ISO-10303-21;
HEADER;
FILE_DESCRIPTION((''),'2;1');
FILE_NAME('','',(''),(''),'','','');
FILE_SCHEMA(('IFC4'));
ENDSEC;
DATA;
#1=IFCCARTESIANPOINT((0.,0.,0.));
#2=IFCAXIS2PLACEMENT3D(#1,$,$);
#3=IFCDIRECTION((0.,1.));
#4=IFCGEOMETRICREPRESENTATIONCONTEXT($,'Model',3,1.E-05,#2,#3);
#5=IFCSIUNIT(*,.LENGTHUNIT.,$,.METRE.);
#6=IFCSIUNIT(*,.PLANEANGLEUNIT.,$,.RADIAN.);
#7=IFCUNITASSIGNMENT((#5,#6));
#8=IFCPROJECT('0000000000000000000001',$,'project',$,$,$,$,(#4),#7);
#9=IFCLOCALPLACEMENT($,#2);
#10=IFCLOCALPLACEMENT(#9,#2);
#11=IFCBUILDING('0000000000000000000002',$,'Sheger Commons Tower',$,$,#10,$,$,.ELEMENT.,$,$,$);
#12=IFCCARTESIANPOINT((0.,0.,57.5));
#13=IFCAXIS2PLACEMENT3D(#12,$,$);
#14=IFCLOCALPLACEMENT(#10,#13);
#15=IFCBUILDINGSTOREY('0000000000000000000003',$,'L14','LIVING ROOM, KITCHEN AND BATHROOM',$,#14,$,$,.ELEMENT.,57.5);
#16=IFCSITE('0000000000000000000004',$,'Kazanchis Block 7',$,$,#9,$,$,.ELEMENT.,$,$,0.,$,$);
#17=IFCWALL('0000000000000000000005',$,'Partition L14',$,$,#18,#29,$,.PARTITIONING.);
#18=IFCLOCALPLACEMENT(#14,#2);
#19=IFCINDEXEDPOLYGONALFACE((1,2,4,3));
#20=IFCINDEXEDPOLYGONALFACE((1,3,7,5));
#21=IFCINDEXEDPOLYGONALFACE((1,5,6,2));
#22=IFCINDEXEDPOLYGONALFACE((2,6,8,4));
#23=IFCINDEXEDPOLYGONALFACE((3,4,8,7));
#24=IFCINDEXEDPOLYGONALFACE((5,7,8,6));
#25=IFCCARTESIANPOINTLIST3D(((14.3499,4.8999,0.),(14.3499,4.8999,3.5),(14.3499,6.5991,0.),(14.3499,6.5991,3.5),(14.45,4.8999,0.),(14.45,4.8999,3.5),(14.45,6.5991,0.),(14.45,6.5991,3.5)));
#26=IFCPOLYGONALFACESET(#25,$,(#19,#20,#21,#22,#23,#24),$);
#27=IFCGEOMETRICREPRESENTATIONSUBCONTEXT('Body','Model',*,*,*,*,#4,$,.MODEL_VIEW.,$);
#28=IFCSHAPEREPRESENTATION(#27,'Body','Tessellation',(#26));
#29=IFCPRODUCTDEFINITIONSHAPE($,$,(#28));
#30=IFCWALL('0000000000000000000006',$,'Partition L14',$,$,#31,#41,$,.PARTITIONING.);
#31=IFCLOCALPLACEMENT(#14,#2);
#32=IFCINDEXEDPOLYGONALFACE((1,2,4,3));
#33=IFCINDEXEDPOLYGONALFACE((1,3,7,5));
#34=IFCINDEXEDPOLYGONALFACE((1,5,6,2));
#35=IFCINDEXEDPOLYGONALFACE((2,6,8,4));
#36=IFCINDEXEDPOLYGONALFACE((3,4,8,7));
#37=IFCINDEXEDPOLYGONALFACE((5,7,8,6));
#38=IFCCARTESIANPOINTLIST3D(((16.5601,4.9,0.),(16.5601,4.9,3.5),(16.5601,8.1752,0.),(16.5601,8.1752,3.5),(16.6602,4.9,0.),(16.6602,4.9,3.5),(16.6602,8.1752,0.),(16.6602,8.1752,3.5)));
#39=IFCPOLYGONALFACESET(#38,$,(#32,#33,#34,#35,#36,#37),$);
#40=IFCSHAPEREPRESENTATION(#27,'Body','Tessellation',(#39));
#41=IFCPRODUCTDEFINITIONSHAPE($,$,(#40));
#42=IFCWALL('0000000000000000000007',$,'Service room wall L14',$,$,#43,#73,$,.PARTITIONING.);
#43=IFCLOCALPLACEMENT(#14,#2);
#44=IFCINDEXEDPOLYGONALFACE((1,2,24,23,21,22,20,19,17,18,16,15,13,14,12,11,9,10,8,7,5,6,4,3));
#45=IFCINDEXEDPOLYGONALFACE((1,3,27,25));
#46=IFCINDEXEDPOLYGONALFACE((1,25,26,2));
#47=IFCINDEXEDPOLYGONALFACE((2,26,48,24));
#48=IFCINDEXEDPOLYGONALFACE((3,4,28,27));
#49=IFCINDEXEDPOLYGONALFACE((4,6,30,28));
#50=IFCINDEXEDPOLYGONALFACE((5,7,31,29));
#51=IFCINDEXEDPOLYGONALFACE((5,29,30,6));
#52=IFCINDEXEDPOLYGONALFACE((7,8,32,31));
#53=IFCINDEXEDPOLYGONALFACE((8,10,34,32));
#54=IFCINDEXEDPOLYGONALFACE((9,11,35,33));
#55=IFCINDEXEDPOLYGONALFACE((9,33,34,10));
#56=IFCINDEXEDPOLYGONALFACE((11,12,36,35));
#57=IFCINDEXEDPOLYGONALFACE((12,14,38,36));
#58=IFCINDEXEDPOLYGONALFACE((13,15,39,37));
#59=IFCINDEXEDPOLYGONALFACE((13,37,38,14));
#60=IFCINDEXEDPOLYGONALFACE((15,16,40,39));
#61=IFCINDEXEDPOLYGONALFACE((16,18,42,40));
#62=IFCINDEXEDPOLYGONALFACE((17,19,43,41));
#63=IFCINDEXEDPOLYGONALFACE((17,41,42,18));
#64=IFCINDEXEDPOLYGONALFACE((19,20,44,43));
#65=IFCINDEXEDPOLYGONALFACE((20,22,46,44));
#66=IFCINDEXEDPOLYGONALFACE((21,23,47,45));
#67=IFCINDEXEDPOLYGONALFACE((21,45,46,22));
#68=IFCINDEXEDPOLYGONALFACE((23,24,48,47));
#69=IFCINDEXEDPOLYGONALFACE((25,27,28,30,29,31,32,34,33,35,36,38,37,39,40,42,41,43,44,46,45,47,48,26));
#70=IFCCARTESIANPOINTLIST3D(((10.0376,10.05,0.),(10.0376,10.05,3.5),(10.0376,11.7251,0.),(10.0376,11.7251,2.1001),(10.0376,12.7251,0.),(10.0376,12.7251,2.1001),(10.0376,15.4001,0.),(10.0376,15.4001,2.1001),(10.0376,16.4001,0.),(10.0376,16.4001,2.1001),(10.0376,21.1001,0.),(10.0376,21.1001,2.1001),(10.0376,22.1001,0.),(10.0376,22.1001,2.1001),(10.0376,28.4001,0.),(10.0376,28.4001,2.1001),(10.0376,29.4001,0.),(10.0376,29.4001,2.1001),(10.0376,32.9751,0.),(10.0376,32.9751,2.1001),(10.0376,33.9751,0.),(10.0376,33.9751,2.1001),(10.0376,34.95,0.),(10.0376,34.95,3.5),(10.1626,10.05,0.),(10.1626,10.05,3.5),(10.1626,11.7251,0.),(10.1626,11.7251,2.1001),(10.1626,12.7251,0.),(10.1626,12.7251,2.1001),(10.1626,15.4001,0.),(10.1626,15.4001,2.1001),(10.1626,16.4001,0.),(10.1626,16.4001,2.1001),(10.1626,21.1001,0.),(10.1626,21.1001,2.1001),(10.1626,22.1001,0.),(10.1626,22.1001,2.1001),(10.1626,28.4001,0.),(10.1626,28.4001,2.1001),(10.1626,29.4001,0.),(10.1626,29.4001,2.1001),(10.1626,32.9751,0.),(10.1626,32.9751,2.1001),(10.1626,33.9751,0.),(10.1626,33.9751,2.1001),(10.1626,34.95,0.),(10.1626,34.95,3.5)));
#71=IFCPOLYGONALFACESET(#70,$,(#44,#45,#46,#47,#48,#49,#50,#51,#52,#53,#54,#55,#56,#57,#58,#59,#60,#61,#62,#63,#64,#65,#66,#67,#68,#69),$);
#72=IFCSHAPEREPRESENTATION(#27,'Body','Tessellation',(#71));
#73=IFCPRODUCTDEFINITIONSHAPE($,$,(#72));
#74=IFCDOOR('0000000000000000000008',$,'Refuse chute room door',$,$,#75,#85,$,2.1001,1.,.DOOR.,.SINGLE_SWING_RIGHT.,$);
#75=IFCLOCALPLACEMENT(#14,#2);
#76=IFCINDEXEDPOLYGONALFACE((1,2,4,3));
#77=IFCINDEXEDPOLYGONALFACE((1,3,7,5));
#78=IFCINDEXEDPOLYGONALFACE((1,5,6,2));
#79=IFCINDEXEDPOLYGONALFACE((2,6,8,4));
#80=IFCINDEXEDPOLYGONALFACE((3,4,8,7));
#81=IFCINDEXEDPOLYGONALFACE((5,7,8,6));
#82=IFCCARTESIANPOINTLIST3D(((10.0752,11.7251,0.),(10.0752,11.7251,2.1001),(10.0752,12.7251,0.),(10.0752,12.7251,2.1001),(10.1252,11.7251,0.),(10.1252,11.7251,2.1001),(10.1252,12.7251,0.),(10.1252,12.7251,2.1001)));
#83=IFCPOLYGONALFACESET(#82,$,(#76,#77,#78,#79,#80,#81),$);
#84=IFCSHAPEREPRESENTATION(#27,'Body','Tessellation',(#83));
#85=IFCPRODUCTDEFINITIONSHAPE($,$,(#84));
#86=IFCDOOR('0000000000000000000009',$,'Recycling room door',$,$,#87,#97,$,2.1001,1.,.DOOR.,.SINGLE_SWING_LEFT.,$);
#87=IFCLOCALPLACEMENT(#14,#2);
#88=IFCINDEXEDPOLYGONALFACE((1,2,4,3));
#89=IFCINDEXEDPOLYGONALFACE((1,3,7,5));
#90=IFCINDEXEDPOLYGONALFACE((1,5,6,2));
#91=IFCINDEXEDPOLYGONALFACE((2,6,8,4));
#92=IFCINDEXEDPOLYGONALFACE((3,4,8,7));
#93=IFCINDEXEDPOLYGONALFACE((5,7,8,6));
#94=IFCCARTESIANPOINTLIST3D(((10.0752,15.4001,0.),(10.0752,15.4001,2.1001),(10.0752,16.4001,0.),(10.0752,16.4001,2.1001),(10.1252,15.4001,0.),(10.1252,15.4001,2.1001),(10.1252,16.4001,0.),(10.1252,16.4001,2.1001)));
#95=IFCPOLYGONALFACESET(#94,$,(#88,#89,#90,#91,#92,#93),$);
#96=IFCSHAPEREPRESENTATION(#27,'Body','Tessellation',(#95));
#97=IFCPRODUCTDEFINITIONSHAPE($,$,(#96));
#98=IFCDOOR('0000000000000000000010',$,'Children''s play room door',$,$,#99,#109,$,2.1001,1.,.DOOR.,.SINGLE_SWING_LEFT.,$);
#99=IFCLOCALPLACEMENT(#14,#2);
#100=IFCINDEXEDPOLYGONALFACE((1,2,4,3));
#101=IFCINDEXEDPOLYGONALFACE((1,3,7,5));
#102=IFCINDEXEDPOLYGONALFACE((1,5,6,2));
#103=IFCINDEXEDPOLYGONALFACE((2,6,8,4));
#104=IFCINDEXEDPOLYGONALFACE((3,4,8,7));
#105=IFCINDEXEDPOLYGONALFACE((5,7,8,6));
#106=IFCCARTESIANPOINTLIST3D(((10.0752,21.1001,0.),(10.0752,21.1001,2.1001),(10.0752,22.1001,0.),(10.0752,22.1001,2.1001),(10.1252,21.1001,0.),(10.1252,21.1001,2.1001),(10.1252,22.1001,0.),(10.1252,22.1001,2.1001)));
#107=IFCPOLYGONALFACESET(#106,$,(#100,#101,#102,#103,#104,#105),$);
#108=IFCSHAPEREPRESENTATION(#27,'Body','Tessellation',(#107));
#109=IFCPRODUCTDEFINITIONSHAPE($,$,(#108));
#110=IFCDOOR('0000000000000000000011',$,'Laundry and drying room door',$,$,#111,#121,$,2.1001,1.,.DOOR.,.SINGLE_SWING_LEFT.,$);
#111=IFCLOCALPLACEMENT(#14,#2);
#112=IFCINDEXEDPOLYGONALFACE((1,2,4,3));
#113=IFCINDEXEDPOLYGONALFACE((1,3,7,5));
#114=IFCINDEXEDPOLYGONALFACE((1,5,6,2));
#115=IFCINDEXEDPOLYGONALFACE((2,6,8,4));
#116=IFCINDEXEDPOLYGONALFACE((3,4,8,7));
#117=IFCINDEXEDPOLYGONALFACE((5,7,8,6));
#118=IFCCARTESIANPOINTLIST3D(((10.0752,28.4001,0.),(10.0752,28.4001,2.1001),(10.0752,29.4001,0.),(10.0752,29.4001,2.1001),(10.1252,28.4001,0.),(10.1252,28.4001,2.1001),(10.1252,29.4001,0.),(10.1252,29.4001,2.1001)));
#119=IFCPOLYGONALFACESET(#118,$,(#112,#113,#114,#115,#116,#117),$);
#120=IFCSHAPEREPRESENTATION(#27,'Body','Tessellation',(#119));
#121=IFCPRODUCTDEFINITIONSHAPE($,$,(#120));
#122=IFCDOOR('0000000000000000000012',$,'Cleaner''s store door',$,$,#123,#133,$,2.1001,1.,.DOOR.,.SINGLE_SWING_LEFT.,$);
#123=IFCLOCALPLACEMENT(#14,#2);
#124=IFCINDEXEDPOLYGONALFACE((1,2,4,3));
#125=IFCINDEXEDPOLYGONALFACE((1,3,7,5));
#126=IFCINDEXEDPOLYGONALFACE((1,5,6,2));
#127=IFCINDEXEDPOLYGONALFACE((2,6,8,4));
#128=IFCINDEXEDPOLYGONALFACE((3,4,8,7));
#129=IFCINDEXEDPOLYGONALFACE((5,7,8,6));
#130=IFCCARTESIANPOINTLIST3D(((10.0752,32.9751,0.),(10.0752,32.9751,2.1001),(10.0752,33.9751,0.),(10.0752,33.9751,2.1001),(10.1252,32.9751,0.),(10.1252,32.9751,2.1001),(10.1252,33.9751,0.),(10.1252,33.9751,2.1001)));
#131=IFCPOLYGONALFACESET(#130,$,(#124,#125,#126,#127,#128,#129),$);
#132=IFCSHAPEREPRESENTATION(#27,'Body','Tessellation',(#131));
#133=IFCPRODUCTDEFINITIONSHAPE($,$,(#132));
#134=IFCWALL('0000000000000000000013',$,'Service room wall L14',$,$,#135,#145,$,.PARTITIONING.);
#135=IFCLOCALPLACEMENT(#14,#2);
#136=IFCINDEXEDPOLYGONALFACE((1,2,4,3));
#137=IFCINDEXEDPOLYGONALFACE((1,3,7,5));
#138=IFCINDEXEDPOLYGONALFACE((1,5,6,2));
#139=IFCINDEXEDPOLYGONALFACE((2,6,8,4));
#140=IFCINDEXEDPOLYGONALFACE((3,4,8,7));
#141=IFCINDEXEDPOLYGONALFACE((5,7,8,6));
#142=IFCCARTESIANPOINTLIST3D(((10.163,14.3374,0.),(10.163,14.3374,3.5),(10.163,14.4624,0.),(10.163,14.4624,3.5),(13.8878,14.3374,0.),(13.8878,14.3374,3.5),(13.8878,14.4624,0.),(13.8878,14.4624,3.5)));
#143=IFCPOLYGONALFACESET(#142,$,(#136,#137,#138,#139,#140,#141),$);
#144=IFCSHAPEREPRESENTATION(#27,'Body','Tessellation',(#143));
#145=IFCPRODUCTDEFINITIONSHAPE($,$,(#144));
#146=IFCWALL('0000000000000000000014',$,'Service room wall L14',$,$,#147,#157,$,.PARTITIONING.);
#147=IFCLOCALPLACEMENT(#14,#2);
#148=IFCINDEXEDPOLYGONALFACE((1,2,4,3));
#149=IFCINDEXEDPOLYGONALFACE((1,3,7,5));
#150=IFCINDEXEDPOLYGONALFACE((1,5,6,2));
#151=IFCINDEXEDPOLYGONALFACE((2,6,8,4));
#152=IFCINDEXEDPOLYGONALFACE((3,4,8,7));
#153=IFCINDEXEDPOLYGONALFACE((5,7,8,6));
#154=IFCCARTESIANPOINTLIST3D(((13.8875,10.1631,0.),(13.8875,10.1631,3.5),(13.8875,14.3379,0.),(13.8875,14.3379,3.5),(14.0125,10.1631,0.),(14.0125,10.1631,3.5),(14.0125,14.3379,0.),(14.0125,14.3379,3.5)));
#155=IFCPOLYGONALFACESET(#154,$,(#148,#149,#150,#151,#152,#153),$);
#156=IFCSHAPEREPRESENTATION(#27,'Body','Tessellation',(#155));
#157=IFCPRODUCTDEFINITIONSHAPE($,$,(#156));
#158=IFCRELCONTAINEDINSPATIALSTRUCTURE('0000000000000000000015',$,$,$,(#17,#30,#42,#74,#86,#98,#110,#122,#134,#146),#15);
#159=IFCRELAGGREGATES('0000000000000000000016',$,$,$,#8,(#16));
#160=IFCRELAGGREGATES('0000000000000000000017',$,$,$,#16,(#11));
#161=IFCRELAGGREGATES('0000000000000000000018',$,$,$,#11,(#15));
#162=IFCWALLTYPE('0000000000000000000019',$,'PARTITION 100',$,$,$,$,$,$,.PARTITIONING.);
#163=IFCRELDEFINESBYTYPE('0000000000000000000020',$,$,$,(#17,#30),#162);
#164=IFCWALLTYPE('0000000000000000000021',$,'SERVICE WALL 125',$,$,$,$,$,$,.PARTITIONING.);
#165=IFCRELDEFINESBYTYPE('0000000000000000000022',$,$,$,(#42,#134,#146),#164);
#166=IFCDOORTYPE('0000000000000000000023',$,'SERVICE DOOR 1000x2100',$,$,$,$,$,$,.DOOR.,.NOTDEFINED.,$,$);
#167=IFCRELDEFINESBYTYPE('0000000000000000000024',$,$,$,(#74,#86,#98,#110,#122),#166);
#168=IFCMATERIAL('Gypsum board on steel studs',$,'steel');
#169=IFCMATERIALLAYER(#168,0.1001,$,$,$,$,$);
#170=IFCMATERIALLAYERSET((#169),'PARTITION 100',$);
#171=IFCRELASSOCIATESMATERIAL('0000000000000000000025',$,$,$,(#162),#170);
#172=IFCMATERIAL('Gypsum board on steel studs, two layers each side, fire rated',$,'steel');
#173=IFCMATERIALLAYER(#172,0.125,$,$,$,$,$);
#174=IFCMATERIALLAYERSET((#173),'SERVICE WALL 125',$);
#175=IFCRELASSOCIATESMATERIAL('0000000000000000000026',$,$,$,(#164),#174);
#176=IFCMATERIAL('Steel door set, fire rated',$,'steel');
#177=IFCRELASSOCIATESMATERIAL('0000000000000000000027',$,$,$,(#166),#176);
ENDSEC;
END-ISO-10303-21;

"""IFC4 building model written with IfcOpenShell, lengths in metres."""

from ifc_helpers import new_model, si_unit, direction, frame, frame_2d, origin, place, context, subcontext, project, spatial, rectangle, extrude, material, layer, layer_set, type_object, element, fill, save


model = new_model("IFC4")

# Units and contexts
model_context = context("Model", 3, precision=1e-05, world=origin(), true_north=direction((0.0, 1.0)))
body_context = subcontext(model_context, "Body", "Model", "MODEL_VIEW")
ifc_project = project(units=[si_unit("LENGTHUNIT", "METRE"), si_unit("PLANEANGLEUNIT", "RADIAN")], contexts=[model_context])

# Site, building, storey
site_placement = place(None, origin())
site = spatial("IfcSite", under=ifc_project, at=site_placement, Name="Kazanchis Block 7", CompositionType="ELEMENT", RefElevation=0.0)
building_placement = place(site_placement, origin())
building = spatial("IfcBuilding", under=site, at=building_placement, Name="Sheger Commons Tower", CompositionType="ELEMENT")
storey_placement = place(building_placement, frame((0.0, 0.0, 57.5)))
storey = spatial("IfcBuildingStorey", under=building, at=storey_placement, Name="L14", Description="LIVING ROOM, KITCHEN AND BATHROOM", CompositionType="ELEMENT", Elevation=57.5)

# Shared definitions
ifc_material_1 = material(Name="Gypsum board on steel studs", Category="steel")
ifc_layer_1 = layer(ifc_material_1, 0.1001)
ifc_layer_set_1 = layer_set([ifc_layer_1], Name="PARTITION 100")
wall_type_1 = type_object("IfcWallType", Name="PARTITION 100", PredefinedType="PARTITIONING", material=ifc_layer_set_1)

# Walls
wall_1_placement = place(storey_placement, frame((14.3999, 4.8999, 0.0), z_axis=(0.0, 0.0, 1.0), x_axis=(0.0, 1.0, 0.0)))
element("IfcWall", 1, at=wall_1_placement, inside=storey, type_object=wall_type_1, Name="Partition L14", PredefinedType="PARTITIONING", context=body_context, shape_type="SweptSolid", body=[
    extrude(rectangle(XDim=1.6992, YDim=0.1001, at=frame_2d((0.8496, 0.0))), origin(), (0.0, 0.0, 1.0), 3.5),
])
wall_2_placement = place(storey_placement, frame((16.6101, 4.8999, 0.0), z_axis=(0.0, 0.0, 1.0), x_axis=(0.0, 1.0, 0.0)))
element("IfcWall", 2, at=wall_2_placement, inside=storey, type_object=wall_type_1, Name="Partition L14", PredefinedType="PARTITIONING", context=body_context, shape_type="SweptSolid", body=[
    extrude(rectangle(XDim=3.2751, YDim=0.1001, at=frame_2d((1.6377, 0.0))), origin(), (0.0, 0.0, 1.0), 3.5),
])

# Wall, openings, doors
ifc_material_2 = material(Name="Gypsum board on steel studs, two layers each side, fire rated", Category="steel")
ifc_layer_2 = layer(ifc_material_2, 0.125)
ifc_layer_set_2 = layer_set([ifc_layer_2], Name="SERVICE WALL 125")
wall_type_2 = type_object("IfcWallType", Name="SERVICE WALL 125", PredefinedType="PARTITIONING", material=ifc_layer_set_2)
wall_3_placement = place(storey_placement, frame((10.1001, 10.05, 0.0), z_axis=(0.0, 0.0, 1.0), x_axis=(0.0, 1.0, 0.0)))
wall_3 = element("IfcWall", 3, at=wall_3_placement, inside=storey, type_object=wall_type_2, Name="Service room wall L14", PredefinedType="PARTITIONING", context=body_context, shape_type="SweptSolid", body=[
    extrude(rectangle(XDim=24.8999, YDim=0.125, at=frame_2d((12.45, 0.0))), origin(), (0.0, 0.0, 1.0), 3.5),
])
opening_1_placement = place(wall_3_placement, frame((1.675, 0.0, 0.0)))
opening_1 = element("IfcOpeningElement", 4, at=opening_1_placement, cuts=wall_3, PredefinedType="OPENING", context=body_context, shape_type="SweptSolid", body=[
    extrude(rectangle(XDim=1.0, YDim=2.1001, at=frame_2d((0.5, 1.05))), frame((0.0, 0.0725, 0.0), z_axis=(0.0, -1.0, 0.0), x_axis=(1.0, 0.0, 0.0)), (0.0, 0.0, 1.0), 0.145),
])
opening_2_placement = place(wall_3_placement, frame((5.3501, 0.0, 0.0)))
opening_2 = element("IfcOpeningElement", 5, at=opening_2_placement, cuts=wall_3, PredefinedType="OPENING", context=body_context, shape_type="SweptSolid", body=[
    extrude(rectangle(XDim=1.0, YDim=2.1001, at=frame_2d((0.5, 1.05))), frame((0.0, 0.0725, 0.0), z_axis=(0.0, -1.0, 0.0), x_axis=(1.0, 0.0, 0.0)), (0.0, 0.0, 1.0), 0.145),
])
opening_3_placement = place(wall_3_placement, frame((11.05, 0.0, 0.0)))
opening_3 = element("IfcOpeningElement", 6, at=opening_3_placement, cuts=wall_3, PredefinedType="OPENING", context=body_context, shape_type="SweptSolid", body=[
    extrude(rectangle(XDim=1.0, YDim=2.1001, at=frame_2d((0.5, 1.05))), frame((0.0, 0.0725, 0.0), z_axis=(0.0, -1.0, 0.0), x_axis=(1.0, 0.0, 0.0)), (0.0, 0.0, 1.0), 0.145),
])
opening_4_placement = place(wall_3_placement, frame((18.3501, 0.0, 0.0)))
opening_4 = element("IfcOpeningElement", 7, at=opening_4_placement, cuts=wall_3, PredefinedType="OPENING", context=body_context, shape_type="SweptSolid", body=[
    extrude(rectangle(XDim=1.0, YDim=2.1001, at=frame_2d((0.5, 1.05))), frame((0.0, 0.0725, 0.0), z_axis=(0.0, -1.0, 0.0), x_axis=(1.0, 0.0, 0.0)), (0.0, 0.0, 1.0), 0.145),
])
opening_5_placement = place(wall_3_placement, frame((22.925, 0.0, 0.0)))
opening_5 = element("IfcOpeningElement", 8, at=opening_5_placement, cuts=wall_3, PredefinedType="OPENING", context=body_context, shape_type="SweptSolid", body=[
    extrude(rectangle(XDim=1.0, YDim=2.1001, at=frame_2d((0.5, 1.05))), frame((0.0, 0.0725, 0.0), z_axis=(0.0, -1.0, 0.0), x_axis=(1.0, 0.0, 0.0)), (0.0, 0.0, 1.0), 0.145),
])
ifc_material_3 = material(Name="Steel door set, fire rated", Category="steel")
door_type_1 = type_object("IfcDoorType", Name="SERVICE DOOR 1000x2100", OperationType="NOTDEFINED", PredefinedType="DOOR", material=ifc_material_3)
door_1_placement = place(opening_1_placement, origin())
door_1 = element("IfcDoor", 9, at=door_1_placement, inside=storey, type_object=door_type_1, Name="Refuse chute room door", OperationType="SINGLE_SWING_RIGHT", OverallHeight=2.1001, OverallWidth=1.0, PredefinedType="DOOR", context=body_context, shape_type="SweptSolid", body=[
    extrude(rectangle(XDim=1.0, YDim=2.1001, at=frame_2d((0.5, 1.05))), frame((0.0, 0.0249, 0.0), z_axis=(0.0, -1.0, 0.0), x_axis=(1.0, 0.0, 0.0)), (0.0, 0.0, 1.0), 0.05),
])
fill(opening_1, door_1)
door_2_placement = place(opening_2_placement, origin())
door_2 = element("IfcDoor", 10, at=door_2_placement, inside=storey, type_object=door_type_1, Name="Recycling room door", OperationType="SINGLE_SWING_LEFT", OverallHeight=2.1001, OverallWidth=1.0, PredefinedType="DOOR", context=body_context, shape_type="SweptSolid", body=[
    extrude(rectangle(XDim=1.0, YDim=2.1001, at=frame_2d((0.5, 1.05))), frame((0.0, 0.0249, 0.0), z_axis=(0.0, -1.0, 0.0), x_axis=(1.0, 0.0, 0.0)), (0.0, 0.0, 1.0), 0.05),
])
fill(opening_2, door_2)
door_3_placement = place(opening_3_placement, origin())
door_3 = element("IfcDoor", 11, at=door_3_placement, inside=storey, type_object=door_type_1, Name="Children's play room door", OperationType="SINGLE_SWING_LEFT", OverallHeight=2.1001, OverallWidth=1.0, PredefinedType="DOOR", context=body_context, shape_type="SweptSolid", body=[
    extrude(rectangle(XDim=1.0, YDim=2.1001, at=frame_2d((0.5, 1.05))), frame((0.0, 0.0249, 0.0), z_axis=(0.0, -1.0, 0.0), x_axis=(1.0, 0.0, 0.0)), (0.0, 0.0, 1.0), 0.05),
])
fill(opening_3, door_3)
door_4_placement = place(opening_4_placement, origin())
door_4 = element("IfcDoor", 12, at=door_4_placement, inside=storey, type_object=door_type_1, Name="Laundry and drying room door", OperationType="SINGLE_SWING_LEFT", OverallHeight=2.1001, OverallWidth=1.0, PredefinedType="DOOR", context=body_context, shape_type="SweptSolid", body=[
    extrude(rectangle(XDim=1.0, YDim=2.1001, at=frame_2d((0.5, 1.05))), frame((0.0, 0.0249, 0.0), z_axis=(0.0, -1.0, 0.0), x_axis=(1.0, 0.0, 0.0)), (0.0, 0.0, 1.0), 0.05),
])
fill(opening_4, door_4)
door_5_placement = place(opening_5_placement, origin())
door_5 = element("IfcDoor", 13, at=door_5_placement, inside=storey, type_object=door_type_1, Name="Cleaner's store door", OperationType="SINGLE_SWING_LEFT", OverallHeight=2.1001, OverallWidth=1.0, PredefinedType="DOOR", context=body_context, shape_type="SweptSolid", body=[
    extrude(rectangle(XDim=1.0, YDim=2.1001, at=frame_2d((0.5, 1.05))), frame((0.0, 0.0249, 0.0), z_axis=(0.0, -1.0, 0.0), x_axis=(1.0, 0.0, 0.0)), (0.0, 0.0, 1.0), 0.05),
])
fill(opening_5, door_5)

# Walls
wall_4_placement = place(storey_placement, frame((10.1631, 14.3999, 0.0), z_axis=(0.0, 0.0, 1.0), x_axis=(1.0, 0.0, 0.0)))
element("IfcWall", 14, at=wall_4_placement, inside=storey, type_object=wall_type_2, Name="Service room wall L14", PredefinedType="PARTITIONING", context=body_context, shape_type="SweptSolid", body=[
    extrude(rectangle(XDim=3.7249, YDim=0.125, at=frame_2d((1.8623, 0.0))), origin(), (0.0, 0.0, 1.0), 3.5),
])
wall_5_placement = place(storey_placement, frame((13.95, 10.1631, 0.0), z_axis=(0.0, 0.0, 1.0), x_axis=(0.0, 1.0, 0.0)))
element("IfcWall", 15, at=wall_5_placement, inside=storey, type_object=wall_type_2, Name="Service room wall L14", PredefinedType="PARTITIONING", context=body_context, shape_type="SweptSolid", body=[
    extrude(rectangle(XDim=4.1748, YDim=0.125, at=frame_2d((2.0874, 0.0))), origin(), (0.0, 0.0, 1.0), 3.5),
])

save(model, "model.ifc")
